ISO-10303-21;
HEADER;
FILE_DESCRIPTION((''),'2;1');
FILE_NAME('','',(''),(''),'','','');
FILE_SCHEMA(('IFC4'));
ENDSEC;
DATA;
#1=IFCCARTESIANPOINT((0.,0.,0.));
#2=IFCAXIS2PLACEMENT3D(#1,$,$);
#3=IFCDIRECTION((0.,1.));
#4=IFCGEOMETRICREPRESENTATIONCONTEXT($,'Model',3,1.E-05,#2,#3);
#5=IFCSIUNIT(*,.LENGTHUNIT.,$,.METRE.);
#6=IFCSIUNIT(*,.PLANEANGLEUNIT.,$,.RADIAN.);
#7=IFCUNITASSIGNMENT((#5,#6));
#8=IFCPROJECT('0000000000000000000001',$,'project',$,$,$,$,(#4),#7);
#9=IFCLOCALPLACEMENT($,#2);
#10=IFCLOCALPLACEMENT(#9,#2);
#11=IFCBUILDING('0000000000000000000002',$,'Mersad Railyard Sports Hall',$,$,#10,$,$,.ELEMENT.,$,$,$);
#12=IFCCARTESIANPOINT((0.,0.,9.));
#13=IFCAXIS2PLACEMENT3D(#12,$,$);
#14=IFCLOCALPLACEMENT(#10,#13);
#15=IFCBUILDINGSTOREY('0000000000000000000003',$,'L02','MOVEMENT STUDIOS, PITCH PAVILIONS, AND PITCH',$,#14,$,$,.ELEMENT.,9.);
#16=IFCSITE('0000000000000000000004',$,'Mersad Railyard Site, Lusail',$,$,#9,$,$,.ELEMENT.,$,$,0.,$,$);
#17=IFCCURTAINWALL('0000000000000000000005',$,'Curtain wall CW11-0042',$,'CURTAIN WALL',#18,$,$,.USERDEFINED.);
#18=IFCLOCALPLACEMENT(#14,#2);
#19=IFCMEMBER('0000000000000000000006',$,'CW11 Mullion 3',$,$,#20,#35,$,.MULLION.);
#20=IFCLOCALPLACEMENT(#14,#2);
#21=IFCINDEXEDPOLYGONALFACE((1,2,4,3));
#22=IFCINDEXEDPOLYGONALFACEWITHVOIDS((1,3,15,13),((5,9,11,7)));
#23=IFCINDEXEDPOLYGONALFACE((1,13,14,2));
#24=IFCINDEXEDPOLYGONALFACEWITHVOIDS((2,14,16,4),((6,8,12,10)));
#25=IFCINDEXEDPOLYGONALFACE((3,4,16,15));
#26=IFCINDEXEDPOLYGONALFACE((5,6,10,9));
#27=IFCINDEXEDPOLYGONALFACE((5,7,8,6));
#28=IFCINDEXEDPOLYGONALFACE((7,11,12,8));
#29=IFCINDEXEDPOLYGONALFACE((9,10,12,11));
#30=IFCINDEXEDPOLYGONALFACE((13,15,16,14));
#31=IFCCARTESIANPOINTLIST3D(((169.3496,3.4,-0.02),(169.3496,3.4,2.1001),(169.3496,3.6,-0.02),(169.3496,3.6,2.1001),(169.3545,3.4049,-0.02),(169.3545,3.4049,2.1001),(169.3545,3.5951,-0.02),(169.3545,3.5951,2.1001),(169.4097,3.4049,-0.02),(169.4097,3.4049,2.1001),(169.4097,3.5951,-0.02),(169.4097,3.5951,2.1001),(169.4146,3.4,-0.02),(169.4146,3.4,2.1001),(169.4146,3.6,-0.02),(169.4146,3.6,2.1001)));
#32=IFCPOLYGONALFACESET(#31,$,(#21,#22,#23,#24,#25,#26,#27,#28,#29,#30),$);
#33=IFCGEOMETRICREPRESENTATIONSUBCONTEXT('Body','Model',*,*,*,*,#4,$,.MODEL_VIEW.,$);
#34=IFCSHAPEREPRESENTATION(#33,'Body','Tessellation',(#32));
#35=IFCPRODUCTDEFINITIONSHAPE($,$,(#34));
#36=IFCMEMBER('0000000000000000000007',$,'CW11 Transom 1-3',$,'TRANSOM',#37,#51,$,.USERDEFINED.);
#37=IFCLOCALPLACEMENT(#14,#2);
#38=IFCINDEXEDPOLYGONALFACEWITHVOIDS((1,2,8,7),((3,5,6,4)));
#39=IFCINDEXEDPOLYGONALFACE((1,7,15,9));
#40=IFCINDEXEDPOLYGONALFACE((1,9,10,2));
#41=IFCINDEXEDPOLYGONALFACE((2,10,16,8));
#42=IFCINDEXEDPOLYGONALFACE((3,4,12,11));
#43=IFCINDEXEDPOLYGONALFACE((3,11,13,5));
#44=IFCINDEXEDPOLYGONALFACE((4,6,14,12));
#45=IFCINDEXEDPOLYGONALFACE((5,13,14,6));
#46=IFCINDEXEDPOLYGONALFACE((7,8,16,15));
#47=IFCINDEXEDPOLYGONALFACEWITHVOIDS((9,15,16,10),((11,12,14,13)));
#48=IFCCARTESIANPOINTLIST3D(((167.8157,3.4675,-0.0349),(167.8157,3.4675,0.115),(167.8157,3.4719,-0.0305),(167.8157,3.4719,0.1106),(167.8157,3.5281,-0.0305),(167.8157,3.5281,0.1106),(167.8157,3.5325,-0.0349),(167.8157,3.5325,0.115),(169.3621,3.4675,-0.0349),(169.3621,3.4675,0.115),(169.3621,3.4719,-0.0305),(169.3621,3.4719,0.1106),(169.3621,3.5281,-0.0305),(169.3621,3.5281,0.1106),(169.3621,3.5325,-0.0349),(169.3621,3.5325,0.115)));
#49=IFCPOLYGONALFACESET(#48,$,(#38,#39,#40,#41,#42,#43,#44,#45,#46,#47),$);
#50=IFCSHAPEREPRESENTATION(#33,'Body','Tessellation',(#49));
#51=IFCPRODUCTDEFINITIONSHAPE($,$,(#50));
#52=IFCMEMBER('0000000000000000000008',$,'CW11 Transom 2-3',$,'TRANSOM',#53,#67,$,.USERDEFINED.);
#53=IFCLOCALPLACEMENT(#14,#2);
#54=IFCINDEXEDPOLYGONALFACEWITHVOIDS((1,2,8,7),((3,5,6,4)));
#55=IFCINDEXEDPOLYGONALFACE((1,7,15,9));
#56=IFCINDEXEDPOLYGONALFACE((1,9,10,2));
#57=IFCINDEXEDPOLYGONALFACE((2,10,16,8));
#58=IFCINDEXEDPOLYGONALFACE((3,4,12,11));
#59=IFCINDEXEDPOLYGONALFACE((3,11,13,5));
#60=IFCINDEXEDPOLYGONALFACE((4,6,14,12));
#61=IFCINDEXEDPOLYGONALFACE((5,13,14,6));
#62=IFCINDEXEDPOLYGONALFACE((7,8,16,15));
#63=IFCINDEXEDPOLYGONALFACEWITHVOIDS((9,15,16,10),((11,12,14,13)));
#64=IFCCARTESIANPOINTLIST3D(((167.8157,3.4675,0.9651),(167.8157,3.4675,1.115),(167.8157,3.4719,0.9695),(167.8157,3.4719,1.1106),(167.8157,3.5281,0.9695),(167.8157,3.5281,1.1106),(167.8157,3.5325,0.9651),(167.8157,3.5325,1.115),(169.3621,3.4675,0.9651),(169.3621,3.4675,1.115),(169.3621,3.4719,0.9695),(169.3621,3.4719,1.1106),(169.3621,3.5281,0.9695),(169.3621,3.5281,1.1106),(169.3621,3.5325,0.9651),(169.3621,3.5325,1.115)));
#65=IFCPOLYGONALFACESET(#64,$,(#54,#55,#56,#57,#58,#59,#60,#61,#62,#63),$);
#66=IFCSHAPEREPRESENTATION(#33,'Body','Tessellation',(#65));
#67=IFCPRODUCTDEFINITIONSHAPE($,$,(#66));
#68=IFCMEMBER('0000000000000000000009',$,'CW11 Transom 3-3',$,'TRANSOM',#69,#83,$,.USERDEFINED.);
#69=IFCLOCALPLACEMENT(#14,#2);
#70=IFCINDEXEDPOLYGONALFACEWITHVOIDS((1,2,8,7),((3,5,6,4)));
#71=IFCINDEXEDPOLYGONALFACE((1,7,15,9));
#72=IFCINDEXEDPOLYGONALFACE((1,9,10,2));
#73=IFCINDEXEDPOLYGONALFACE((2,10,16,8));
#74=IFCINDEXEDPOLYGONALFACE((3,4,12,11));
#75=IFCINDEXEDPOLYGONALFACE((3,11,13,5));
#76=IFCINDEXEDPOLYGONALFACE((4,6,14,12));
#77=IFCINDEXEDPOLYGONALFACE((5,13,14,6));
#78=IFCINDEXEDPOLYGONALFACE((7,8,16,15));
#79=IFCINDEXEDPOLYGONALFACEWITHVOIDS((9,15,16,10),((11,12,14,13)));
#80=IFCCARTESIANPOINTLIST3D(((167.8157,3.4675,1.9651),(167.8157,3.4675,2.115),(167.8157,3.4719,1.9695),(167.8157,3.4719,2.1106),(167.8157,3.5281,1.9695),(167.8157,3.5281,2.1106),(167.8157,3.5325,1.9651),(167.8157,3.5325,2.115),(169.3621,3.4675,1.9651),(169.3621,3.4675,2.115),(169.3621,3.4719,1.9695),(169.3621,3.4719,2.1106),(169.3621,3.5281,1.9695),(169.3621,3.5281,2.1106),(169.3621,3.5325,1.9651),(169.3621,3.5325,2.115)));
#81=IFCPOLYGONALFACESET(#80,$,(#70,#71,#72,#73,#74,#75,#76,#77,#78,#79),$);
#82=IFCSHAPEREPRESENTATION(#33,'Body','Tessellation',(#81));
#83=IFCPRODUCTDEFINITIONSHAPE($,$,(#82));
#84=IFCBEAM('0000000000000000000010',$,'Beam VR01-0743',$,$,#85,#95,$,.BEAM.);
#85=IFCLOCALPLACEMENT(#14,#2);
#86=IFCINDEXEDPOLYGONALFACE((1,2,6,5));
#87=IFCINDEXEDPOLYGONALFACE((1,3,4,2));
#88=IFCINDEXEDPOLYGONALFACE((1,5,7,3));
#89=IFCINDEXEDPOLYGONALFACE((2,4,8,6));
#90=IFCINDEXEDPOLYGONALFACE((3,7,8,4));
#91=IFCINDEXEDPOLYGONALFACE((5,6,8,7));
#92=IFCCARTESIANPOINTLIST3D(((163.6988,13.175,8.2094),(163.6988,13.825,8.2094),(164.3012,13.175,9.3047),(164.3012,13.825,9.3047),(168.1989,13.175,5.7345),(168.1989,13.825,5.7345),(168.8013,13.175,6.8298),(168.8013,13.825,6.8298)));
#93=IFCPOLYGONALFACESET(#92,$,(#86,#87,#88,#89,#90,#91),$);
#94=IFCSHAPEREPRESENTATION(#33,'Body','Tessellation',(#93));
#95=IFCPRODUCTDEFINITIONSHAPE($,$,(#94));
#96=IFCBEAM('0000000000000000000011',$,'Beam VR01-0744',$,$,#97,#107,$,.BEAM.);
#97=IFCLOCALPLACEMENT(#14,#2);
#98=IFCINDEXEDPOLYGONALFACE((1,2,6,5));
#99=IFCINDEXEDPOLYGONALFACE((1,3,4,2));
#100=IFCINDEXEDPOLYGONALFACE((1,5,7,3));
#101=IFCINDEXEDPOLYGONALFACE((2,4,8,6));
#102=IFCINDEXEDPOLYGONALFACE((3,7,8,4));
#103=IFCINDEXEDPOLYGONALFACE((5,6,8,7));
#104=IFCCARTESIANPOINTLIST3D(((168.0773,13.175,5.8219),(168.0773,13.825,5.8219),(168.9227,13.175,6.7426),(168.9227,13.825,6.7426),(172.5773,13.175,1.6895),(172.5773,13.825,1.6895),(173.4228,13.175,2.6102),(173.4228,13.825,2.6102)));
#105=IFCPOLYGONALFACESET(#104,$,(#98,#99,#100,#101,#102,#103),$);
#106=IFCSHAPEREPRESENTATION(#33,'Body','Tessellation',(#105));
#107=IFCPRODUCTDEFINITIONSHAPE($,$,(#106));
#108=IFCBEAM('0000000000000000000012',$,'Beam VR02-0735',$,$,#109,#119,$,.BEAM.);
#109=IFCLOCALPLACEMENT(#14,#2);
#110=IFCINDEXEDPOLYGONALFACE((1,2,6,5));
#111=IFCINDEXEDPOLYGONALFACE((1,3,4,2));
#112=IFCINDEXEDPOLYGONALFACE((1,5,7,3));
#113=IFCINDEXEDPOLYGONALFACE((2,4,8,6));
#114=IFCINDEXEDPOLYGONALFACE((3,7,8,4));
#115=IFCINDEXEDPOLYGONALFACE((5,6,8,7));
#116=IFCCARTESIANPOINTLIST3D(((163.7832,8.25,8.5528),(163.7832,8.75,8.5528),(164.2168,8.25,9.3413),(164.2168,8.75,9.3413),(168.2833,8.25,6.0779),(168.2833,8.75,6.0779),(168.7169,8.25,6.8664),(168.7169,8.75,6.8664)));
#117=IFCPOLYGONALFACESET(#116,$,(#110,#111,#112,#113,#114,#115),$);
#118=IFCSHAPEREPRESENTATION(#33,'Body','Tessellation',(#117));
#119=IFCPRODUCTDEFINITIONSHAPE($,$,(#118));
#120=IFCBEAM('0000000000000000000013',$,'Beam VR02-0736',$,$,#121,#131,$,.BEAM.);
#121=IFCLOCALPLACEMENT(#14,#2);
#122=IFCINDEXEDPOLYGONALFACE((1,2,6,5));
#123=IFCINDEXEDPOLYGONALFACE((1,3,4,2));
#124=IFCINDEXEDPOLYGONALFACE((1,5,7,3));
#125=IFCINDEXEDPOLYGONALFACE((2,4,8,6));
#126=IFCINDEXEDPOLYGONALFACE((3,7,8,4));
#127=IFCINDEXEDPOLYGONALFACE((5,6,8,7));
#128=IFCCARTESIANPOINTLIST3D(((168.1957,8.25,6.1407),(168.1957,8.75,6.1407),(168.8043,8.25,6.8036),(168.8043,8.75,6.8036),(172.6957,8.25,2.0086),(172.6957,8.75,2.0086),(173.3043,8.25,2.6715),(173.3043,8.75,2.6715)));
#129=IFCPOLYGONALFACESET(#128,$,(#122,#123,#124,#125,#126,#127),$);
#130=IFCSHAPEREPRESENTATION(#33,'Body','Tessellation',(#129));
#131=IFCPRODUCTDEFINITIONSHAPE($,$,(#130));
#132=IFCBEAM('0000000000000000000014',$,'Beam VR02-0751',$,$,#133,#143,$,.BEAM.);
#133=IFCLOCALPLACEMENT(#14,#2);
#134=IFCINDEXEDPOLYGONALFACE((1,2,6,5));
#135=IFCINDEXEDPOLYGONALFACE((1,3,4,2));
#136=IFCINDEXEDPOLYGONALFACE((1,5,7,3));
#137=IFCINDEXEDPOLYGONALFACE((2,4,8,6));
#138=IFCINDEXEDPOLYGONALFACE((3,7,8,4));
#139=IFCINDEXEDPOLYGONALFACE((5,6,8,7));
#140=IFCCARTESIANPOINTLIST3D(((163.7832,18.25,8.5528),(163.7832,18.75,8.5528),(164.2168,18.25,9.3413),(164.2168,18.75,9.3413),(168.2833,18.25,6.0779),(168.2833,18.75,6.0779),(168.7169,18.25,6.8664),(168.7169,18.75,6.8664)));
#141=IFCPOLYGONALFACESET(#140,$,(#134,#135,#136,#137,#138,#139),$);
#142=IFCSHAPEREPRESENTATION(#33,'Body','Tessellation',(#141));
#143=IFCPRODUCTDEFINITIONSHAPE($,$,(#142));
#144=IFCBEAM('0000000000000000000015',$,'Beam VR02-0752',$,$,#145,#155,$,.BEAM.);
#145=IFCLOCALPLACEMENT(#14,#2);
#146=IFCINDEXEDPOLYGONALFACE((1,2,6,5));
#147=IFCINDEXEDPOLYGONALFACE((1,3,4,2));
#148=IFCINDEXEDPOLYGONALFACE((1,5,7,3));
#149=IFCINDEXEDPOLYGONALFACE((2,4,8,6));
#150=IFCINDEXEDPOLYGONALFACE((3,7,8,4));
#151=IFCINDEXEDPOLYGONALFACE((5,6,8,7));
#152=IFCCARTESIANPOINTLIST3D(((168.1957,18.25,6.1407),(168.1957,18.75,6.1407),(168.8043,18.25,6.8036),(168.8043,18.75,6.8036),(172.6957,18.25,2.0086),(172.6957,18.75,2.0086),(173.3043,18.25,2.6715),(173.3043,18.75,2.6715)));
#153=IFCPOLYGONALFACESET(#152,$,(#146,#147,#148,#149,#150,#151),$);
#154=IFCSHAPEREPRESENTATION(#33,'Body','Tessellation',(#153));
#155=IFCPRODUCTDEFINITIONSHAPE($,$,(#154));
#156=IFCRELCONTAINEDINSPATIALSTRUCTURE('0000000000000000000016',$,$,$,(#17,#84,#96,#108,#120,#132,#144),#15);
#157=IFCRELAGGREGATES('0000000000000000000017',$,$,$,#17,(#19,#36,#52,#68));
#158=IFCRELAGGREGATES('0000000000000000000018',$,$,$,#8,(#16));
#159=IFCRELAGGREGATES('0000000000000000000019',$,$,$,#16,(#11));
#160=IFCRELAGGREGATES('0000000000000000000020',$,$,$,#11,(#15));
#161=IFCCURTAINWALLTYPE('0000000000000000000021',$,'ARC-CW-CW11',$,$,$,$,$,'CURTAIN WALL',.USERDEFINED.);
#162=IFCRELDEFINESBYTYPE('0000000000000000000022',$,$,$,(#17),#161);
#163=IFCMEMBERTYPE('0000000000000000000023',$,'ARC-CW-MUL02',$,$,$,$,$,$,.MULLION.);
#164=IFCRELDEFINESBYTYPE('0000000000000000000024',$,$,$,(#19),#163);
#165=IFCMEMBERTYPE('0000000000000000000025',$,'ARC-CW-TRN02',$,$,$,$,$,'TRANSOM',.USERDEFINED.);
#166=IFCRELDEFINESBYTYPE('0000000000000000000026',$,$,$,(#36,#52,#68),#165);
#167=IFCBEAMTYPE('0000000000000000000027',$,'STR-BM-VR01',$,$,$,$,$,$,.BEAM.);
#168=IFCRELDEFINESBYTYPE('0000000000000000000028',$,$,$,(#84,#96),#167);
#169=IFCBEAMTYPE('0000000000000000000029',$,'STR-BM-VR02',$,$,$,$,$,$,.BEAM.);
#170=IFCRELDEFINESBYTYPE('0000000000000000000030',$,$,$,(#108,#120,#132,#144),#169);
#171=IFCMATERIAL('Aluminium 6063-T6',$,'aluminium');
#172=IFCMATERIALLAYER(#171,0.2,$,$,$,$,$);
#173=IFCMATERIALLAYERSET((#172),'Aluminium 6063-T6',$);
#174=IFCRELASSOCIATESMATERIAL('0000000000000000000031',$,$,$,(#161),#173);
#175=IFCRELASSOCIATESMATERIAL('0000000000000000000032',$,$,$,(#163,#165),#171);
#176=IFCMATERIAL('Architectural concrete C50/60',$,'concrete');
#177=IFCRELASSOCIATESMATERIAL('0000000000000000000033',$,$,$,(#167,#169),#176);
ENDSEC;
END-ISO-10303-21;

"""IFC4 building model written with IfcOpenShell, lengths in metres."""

from ifc_helpers import new_model, si_unit, direction, frame, origin, origin_2d, place, context, subcontext, project, spatial, rectangle, hollow_rectangle, extrude, material, layer, layer_set, material_profile, profile_set, type_object, element, aggregate, save


model = new_model("IFC4")

# Units and contexts
model_context = context("Model", 3, precision=1e-05, world=origin(), true_north=direction((0.0, 1.0)))
body_context = subcontext(model_context, "Body", "Model", "MODEL_VIEW")
ifc_project = project(units=[si_unit("LENGTHUNIT", "METRE"), si_unit("PLANEANGLEUNIT", "RADIAN")], contexts=[model_context])

# Site, building, storey
site_placement = place(None, origin())
site = spatial("IfcSite", under=ifc_project, at=site_placement, Name="Mersad Railyard Site, Lusail", CompositionType="ELEMENT", RefElevation=0.0)
building_placement = place(site_placement, origin())
building = spatial("IfcBuilding", under=site, at=building_placement, Name="Mersad Railyard Sports Hall", CompositionType="ELEMENT")
storey_placement = place(building_placement, frame((0.0, 0.0, 9.0)))
storey = spatial("IfcBuildingStorey", under=building, at=storey_placement, Name="L02", Description="MOVEMENT STUDIOS, PITCH PAVILIONS, AND PITCH", CompositionType="ELEMENT", Elevation=9.0)

# Curtain wall, members
ifc_material_1 = material(Name="Aluminium 6063-T6", Category="aluminium")
ifc_layer_1 = layer(ifc_material_1, 0.2)
ifc_layer_set_1 = layer_set([ifc_layer_1], Name="Aluminium 6063-T6")
curtain_wall_type = type_object("IfcCurtainWallType", Name="ARC-CW-CW11", ElementType="CURTAIN WALL", PredefinedType="USERDEFINED", material=ifc_layer_set_1)
curtain_wall_placement = place(storey_placement, origin())
curtain_wall = element("IfcCurtainWall", 1, at=curtain_wall_placement, inside=storey, type_object=curtain_wall_type, Name="Curtain wall CW11-0042", ObjectType="CURTAIN WALL", PredefinedType="USERDEFINED")
ifc_material_profile_1 = material_profile(ifc_material_1, hollow_rectangle(XDim=0.0649, YDim=0.2, WallThickness=0.0049, at=origin_2d()), Name="AL MULLION 65x200x5")
ifc_profile_set_1 = profile_set([ifc_material_profile_1], Name="Aluminium 6063-T6")
member_type_1 = type_object("IfcMemberType", Name="ARC-CW-MUL02", PredefinedType="MULLION", material=ifc_profile_set_1)
member_1_placement = place(storey_placement, frame((169.3821, 3.5, -0.02), z_axis=(0.0, 0.0, 1.0), x_axis=(1.0, 0.0, 0.0)))
member_1 = element("IfcMember", 2, at=member_1_placement, type_object=member_type_1, Name="CW11 Mullion 3", PredefinedType="MULLION", context=body_context, shape_type="SweptSolid", body=[
    extrude(hollow_rectangle(XDim=0.0649, YDim=0.2, WallThickness=0.0049, at=origin_2d()), origin(), (0.0, 0.0, 1.0), 2.1201),
])
ifc_material_profile_2 = material_profile(ifc_material_1, hollow_rectangle(XDim=0.0649, YDim=0.1499, WallThickness=0.0044, at=origin_2d()), Name="AL TRANSOM 65x150x4.5")
ifc_profile_set_2 = profile_set([ifc_material_profile_2], Name="Aluminium 6063-T6")
member_type_2 = type_object("IfcMemberType", Name="ARC-CW-TRN02", ElementType="TRANSOM", PredefinedType="USERDEFINED", material=ifc_profile_set_2)
member_2_placement = place(storey_placement, frame((169.3621, 3.5, 0.04), z_axis=(-1.0, 0.0, 0.0), x_axis=(0.0, -1.0, 0.0)))
member_2 = element("IfcMember", 3, at=member_2_placement, type_object=member_type_2, Name="CW11 Transom 1-3", ObjectType="TRANSOM", PredefinedType="USERDEFINED", context=body_context, shape_type="SweptSolid", body=[
    extrude(hollow_rectangle(XDim=0.0649, YDim=0.1499, WallThickness=0.0044, at=origin_2d()), origin(), (0.0, 0.0, 1.0), 1.5464),
])
member_3_placement = place(storey_placement, frame((169.3621, 3.5, 1.04), z_axis=(-1.0, 0.0, 0.0), x_axis=(0.0, -1.0, 0.0)))
member_3 = element("IfcMember", 4, at=member_3_placement, type_object=member_type_2, Name="CW11 Transom 2-3", ObjectType="TRANSOM", PredefinedType="USERDEFINED", context=body_context, shape_type="SweptSolid", body=[
    extrude(hollow_rectangle(XDim=0.0649, YDim=0.1499, WallThickness=0.0044, at=origin_2d()), origin(), (0.0, 0.0, 1.0), 1.5464),
])
member_4_placement = place(storey_placement, frame((169.3621, 3.5, 2.04), z_axis=(-1.0, 0.0, 0.0), x_axis=(0.0, -1.0, 0.0)))
member_4 = element("IfcMember", 5, at=member_4_placement, type_object=member_type_2, Name="CW11 Transom 3-3", ObjectType="TRANSOM", PredefinedType="USERDEFINED", context=body_context, shape_type="SweptSolid", body=[
    extrude(hollow_rectangle(XDim=0.0649, YDim=0.1499, WallThickness=0.0044, at=origin_2d()), origin(), (0.0, 0.0, 1.0), 1.5464),
])

# Beams
ifc_material_2 = material(Name="Architectural concrete C50/60", Category="concrete")
ifc_material_profile_3 = material_profile(ifc_material_2, rectangle(XDim=0.6499, YDim=1.25, at=origin_2d()), Name="VR 650x1250")
ifc_profile_set_3 = profile_set([ifc_material_profile_3], Name="Architectural concrete C50/60")
beam_type_1 = type_object("IfcBeamType", Name="STR-BM-VR01", PredefinedType="BEAM", material=ifc_profile_set_3)
beam_1_placement = place(storey_placement, frame((164.0, 13.5, 8.7571), z_axis=(0.876228, 0.0, -0.481897), x_axis=(0.0, 1.0, 0.0)))
element("IfcBeam", 6, at=beam_1_placement, inside=storey, type_object=beam_type_1, Name="Beam VR01-0743", PredefinedType="BEAM", context=body_context, shape_type="SweptSolid", body=[
    extrude(rectangle(XDim=0.6499, YDim=1.25, at=origin_2d()), origin(), (0.0, 0.0, 1.0), 5.1357),
])
beam_2_placement = place(storey_placement, frame((168.5, 13.5, 6.2822), z_axis=(0.736557, 0.0, -0.676376), x_axis=(0.0, 1.0, 0.0)))
element("IfcBeam", 7, at=beam_2_placement, inside=storey, type_object=beam_type_1, Name="Beam VR01-0744", PredefinedType="BEAM", context=body_context, shape_type="SweptSolid", body=[
    extrude(rectangle(XDim=0.6499, YDim=1.25, at=origin_2d()), origin(), (0.0, 0.0, 1.0), 6.1096),
])
ifc_material_profile_4 = material_profile(ifc_material_2, rectangle(XDim=0.5, YDim=0.8999, at=origin_2d()), Name="VR 500x900")
ifc_profile_set_4 = profile_set([ifc_material_profile_4], Name="Architectural concrete C50/60")
beam_type_2 = type_object("IfcBeamType", Name="STR-BM-VR02", PredefinedType="BEAM", material=ifc_profile_set_4)
beam_3_placement = place(storey_placement, frame((164.0, 8.5, 8.947), z_axis=(0.876228, 0.0, -0.481897), x_axis=(0.0, 1.0, 0.0)))
element("IfcBeam", 8, at=beam_3_placement, inside=storey, type_object=beam_type_2, Name="Beam VR02-0735", PredefinedType="BEAM", context=body_context, shape_type="SweptSolid", body=[
    extrude(rectangle(XDim=0.5, YDim=0.8999, at=origin_2d()), origin(), (0.0, 0.0, 1.0), 5.1357),
])
beam_4_placement = place(storey_placement, frame((168.5, 8.5, 6.4722), z_axis=(0.736577, 0.0, -0.676354), x_axis=(0.0, 1.0, 0.0)))
element("IfcBeam", 9, at=beam_4_placement, inside=storey, type_object=beam_type_2, Name="Beam VR02-0736", PredefinedType="BEAM", context=body_context, shape_type="SweptSolid", body=[
    extrude(rectangle(XDim=0.5, YDim=0.8999, at=origin_2d()), origin(), (0.0, 0.0, 1.0), 6.1094),
])
beam_5_placement = place(storey_placement, frame((164.0, 18.5, 8.947), z_axis=(0.876228, 0.0, -0.481897), x_axis=(0.0, 1.0, 0.0)))
element("IfcBeam", 10, at=beam_5_placement, inside=storey, type_object=beam_type_2, Name="Beam VR02-0751", PredefinedType="BEAM", context=body_context, shape_type="SweptSolid", body=[
    extrude(rectangle(XDim=0.5, YDim=0.8999, at=origin_2d()), origin(), (0.0, 0.0, 1.0), 5.1357),
])
beam_6_placement = place(storey_placement, frame((168.5, 18.5, 6.4722), z_axis=(0.736577, 0.0, -0.676354), x_axis=(0.0, 1.0, 0.0)))
element("IfcBeam", 11, at=beam_6_placement, inside=storey, type_object=beam_type_2, Name="Beam VR02-0752", PredefinedType="BEAM", context=body_context, shape_type="SweptSolid", body=[
    extrude(rectangle(XDim=0.5, YDim=0.8999, at=origin_2d()), origin(), (0.0, 0.0, 1.0), 6.1094),
])

aggregate(curtain_wall, [member_1, member_2, member_3, member_4])

save(model, "model.ifc")
